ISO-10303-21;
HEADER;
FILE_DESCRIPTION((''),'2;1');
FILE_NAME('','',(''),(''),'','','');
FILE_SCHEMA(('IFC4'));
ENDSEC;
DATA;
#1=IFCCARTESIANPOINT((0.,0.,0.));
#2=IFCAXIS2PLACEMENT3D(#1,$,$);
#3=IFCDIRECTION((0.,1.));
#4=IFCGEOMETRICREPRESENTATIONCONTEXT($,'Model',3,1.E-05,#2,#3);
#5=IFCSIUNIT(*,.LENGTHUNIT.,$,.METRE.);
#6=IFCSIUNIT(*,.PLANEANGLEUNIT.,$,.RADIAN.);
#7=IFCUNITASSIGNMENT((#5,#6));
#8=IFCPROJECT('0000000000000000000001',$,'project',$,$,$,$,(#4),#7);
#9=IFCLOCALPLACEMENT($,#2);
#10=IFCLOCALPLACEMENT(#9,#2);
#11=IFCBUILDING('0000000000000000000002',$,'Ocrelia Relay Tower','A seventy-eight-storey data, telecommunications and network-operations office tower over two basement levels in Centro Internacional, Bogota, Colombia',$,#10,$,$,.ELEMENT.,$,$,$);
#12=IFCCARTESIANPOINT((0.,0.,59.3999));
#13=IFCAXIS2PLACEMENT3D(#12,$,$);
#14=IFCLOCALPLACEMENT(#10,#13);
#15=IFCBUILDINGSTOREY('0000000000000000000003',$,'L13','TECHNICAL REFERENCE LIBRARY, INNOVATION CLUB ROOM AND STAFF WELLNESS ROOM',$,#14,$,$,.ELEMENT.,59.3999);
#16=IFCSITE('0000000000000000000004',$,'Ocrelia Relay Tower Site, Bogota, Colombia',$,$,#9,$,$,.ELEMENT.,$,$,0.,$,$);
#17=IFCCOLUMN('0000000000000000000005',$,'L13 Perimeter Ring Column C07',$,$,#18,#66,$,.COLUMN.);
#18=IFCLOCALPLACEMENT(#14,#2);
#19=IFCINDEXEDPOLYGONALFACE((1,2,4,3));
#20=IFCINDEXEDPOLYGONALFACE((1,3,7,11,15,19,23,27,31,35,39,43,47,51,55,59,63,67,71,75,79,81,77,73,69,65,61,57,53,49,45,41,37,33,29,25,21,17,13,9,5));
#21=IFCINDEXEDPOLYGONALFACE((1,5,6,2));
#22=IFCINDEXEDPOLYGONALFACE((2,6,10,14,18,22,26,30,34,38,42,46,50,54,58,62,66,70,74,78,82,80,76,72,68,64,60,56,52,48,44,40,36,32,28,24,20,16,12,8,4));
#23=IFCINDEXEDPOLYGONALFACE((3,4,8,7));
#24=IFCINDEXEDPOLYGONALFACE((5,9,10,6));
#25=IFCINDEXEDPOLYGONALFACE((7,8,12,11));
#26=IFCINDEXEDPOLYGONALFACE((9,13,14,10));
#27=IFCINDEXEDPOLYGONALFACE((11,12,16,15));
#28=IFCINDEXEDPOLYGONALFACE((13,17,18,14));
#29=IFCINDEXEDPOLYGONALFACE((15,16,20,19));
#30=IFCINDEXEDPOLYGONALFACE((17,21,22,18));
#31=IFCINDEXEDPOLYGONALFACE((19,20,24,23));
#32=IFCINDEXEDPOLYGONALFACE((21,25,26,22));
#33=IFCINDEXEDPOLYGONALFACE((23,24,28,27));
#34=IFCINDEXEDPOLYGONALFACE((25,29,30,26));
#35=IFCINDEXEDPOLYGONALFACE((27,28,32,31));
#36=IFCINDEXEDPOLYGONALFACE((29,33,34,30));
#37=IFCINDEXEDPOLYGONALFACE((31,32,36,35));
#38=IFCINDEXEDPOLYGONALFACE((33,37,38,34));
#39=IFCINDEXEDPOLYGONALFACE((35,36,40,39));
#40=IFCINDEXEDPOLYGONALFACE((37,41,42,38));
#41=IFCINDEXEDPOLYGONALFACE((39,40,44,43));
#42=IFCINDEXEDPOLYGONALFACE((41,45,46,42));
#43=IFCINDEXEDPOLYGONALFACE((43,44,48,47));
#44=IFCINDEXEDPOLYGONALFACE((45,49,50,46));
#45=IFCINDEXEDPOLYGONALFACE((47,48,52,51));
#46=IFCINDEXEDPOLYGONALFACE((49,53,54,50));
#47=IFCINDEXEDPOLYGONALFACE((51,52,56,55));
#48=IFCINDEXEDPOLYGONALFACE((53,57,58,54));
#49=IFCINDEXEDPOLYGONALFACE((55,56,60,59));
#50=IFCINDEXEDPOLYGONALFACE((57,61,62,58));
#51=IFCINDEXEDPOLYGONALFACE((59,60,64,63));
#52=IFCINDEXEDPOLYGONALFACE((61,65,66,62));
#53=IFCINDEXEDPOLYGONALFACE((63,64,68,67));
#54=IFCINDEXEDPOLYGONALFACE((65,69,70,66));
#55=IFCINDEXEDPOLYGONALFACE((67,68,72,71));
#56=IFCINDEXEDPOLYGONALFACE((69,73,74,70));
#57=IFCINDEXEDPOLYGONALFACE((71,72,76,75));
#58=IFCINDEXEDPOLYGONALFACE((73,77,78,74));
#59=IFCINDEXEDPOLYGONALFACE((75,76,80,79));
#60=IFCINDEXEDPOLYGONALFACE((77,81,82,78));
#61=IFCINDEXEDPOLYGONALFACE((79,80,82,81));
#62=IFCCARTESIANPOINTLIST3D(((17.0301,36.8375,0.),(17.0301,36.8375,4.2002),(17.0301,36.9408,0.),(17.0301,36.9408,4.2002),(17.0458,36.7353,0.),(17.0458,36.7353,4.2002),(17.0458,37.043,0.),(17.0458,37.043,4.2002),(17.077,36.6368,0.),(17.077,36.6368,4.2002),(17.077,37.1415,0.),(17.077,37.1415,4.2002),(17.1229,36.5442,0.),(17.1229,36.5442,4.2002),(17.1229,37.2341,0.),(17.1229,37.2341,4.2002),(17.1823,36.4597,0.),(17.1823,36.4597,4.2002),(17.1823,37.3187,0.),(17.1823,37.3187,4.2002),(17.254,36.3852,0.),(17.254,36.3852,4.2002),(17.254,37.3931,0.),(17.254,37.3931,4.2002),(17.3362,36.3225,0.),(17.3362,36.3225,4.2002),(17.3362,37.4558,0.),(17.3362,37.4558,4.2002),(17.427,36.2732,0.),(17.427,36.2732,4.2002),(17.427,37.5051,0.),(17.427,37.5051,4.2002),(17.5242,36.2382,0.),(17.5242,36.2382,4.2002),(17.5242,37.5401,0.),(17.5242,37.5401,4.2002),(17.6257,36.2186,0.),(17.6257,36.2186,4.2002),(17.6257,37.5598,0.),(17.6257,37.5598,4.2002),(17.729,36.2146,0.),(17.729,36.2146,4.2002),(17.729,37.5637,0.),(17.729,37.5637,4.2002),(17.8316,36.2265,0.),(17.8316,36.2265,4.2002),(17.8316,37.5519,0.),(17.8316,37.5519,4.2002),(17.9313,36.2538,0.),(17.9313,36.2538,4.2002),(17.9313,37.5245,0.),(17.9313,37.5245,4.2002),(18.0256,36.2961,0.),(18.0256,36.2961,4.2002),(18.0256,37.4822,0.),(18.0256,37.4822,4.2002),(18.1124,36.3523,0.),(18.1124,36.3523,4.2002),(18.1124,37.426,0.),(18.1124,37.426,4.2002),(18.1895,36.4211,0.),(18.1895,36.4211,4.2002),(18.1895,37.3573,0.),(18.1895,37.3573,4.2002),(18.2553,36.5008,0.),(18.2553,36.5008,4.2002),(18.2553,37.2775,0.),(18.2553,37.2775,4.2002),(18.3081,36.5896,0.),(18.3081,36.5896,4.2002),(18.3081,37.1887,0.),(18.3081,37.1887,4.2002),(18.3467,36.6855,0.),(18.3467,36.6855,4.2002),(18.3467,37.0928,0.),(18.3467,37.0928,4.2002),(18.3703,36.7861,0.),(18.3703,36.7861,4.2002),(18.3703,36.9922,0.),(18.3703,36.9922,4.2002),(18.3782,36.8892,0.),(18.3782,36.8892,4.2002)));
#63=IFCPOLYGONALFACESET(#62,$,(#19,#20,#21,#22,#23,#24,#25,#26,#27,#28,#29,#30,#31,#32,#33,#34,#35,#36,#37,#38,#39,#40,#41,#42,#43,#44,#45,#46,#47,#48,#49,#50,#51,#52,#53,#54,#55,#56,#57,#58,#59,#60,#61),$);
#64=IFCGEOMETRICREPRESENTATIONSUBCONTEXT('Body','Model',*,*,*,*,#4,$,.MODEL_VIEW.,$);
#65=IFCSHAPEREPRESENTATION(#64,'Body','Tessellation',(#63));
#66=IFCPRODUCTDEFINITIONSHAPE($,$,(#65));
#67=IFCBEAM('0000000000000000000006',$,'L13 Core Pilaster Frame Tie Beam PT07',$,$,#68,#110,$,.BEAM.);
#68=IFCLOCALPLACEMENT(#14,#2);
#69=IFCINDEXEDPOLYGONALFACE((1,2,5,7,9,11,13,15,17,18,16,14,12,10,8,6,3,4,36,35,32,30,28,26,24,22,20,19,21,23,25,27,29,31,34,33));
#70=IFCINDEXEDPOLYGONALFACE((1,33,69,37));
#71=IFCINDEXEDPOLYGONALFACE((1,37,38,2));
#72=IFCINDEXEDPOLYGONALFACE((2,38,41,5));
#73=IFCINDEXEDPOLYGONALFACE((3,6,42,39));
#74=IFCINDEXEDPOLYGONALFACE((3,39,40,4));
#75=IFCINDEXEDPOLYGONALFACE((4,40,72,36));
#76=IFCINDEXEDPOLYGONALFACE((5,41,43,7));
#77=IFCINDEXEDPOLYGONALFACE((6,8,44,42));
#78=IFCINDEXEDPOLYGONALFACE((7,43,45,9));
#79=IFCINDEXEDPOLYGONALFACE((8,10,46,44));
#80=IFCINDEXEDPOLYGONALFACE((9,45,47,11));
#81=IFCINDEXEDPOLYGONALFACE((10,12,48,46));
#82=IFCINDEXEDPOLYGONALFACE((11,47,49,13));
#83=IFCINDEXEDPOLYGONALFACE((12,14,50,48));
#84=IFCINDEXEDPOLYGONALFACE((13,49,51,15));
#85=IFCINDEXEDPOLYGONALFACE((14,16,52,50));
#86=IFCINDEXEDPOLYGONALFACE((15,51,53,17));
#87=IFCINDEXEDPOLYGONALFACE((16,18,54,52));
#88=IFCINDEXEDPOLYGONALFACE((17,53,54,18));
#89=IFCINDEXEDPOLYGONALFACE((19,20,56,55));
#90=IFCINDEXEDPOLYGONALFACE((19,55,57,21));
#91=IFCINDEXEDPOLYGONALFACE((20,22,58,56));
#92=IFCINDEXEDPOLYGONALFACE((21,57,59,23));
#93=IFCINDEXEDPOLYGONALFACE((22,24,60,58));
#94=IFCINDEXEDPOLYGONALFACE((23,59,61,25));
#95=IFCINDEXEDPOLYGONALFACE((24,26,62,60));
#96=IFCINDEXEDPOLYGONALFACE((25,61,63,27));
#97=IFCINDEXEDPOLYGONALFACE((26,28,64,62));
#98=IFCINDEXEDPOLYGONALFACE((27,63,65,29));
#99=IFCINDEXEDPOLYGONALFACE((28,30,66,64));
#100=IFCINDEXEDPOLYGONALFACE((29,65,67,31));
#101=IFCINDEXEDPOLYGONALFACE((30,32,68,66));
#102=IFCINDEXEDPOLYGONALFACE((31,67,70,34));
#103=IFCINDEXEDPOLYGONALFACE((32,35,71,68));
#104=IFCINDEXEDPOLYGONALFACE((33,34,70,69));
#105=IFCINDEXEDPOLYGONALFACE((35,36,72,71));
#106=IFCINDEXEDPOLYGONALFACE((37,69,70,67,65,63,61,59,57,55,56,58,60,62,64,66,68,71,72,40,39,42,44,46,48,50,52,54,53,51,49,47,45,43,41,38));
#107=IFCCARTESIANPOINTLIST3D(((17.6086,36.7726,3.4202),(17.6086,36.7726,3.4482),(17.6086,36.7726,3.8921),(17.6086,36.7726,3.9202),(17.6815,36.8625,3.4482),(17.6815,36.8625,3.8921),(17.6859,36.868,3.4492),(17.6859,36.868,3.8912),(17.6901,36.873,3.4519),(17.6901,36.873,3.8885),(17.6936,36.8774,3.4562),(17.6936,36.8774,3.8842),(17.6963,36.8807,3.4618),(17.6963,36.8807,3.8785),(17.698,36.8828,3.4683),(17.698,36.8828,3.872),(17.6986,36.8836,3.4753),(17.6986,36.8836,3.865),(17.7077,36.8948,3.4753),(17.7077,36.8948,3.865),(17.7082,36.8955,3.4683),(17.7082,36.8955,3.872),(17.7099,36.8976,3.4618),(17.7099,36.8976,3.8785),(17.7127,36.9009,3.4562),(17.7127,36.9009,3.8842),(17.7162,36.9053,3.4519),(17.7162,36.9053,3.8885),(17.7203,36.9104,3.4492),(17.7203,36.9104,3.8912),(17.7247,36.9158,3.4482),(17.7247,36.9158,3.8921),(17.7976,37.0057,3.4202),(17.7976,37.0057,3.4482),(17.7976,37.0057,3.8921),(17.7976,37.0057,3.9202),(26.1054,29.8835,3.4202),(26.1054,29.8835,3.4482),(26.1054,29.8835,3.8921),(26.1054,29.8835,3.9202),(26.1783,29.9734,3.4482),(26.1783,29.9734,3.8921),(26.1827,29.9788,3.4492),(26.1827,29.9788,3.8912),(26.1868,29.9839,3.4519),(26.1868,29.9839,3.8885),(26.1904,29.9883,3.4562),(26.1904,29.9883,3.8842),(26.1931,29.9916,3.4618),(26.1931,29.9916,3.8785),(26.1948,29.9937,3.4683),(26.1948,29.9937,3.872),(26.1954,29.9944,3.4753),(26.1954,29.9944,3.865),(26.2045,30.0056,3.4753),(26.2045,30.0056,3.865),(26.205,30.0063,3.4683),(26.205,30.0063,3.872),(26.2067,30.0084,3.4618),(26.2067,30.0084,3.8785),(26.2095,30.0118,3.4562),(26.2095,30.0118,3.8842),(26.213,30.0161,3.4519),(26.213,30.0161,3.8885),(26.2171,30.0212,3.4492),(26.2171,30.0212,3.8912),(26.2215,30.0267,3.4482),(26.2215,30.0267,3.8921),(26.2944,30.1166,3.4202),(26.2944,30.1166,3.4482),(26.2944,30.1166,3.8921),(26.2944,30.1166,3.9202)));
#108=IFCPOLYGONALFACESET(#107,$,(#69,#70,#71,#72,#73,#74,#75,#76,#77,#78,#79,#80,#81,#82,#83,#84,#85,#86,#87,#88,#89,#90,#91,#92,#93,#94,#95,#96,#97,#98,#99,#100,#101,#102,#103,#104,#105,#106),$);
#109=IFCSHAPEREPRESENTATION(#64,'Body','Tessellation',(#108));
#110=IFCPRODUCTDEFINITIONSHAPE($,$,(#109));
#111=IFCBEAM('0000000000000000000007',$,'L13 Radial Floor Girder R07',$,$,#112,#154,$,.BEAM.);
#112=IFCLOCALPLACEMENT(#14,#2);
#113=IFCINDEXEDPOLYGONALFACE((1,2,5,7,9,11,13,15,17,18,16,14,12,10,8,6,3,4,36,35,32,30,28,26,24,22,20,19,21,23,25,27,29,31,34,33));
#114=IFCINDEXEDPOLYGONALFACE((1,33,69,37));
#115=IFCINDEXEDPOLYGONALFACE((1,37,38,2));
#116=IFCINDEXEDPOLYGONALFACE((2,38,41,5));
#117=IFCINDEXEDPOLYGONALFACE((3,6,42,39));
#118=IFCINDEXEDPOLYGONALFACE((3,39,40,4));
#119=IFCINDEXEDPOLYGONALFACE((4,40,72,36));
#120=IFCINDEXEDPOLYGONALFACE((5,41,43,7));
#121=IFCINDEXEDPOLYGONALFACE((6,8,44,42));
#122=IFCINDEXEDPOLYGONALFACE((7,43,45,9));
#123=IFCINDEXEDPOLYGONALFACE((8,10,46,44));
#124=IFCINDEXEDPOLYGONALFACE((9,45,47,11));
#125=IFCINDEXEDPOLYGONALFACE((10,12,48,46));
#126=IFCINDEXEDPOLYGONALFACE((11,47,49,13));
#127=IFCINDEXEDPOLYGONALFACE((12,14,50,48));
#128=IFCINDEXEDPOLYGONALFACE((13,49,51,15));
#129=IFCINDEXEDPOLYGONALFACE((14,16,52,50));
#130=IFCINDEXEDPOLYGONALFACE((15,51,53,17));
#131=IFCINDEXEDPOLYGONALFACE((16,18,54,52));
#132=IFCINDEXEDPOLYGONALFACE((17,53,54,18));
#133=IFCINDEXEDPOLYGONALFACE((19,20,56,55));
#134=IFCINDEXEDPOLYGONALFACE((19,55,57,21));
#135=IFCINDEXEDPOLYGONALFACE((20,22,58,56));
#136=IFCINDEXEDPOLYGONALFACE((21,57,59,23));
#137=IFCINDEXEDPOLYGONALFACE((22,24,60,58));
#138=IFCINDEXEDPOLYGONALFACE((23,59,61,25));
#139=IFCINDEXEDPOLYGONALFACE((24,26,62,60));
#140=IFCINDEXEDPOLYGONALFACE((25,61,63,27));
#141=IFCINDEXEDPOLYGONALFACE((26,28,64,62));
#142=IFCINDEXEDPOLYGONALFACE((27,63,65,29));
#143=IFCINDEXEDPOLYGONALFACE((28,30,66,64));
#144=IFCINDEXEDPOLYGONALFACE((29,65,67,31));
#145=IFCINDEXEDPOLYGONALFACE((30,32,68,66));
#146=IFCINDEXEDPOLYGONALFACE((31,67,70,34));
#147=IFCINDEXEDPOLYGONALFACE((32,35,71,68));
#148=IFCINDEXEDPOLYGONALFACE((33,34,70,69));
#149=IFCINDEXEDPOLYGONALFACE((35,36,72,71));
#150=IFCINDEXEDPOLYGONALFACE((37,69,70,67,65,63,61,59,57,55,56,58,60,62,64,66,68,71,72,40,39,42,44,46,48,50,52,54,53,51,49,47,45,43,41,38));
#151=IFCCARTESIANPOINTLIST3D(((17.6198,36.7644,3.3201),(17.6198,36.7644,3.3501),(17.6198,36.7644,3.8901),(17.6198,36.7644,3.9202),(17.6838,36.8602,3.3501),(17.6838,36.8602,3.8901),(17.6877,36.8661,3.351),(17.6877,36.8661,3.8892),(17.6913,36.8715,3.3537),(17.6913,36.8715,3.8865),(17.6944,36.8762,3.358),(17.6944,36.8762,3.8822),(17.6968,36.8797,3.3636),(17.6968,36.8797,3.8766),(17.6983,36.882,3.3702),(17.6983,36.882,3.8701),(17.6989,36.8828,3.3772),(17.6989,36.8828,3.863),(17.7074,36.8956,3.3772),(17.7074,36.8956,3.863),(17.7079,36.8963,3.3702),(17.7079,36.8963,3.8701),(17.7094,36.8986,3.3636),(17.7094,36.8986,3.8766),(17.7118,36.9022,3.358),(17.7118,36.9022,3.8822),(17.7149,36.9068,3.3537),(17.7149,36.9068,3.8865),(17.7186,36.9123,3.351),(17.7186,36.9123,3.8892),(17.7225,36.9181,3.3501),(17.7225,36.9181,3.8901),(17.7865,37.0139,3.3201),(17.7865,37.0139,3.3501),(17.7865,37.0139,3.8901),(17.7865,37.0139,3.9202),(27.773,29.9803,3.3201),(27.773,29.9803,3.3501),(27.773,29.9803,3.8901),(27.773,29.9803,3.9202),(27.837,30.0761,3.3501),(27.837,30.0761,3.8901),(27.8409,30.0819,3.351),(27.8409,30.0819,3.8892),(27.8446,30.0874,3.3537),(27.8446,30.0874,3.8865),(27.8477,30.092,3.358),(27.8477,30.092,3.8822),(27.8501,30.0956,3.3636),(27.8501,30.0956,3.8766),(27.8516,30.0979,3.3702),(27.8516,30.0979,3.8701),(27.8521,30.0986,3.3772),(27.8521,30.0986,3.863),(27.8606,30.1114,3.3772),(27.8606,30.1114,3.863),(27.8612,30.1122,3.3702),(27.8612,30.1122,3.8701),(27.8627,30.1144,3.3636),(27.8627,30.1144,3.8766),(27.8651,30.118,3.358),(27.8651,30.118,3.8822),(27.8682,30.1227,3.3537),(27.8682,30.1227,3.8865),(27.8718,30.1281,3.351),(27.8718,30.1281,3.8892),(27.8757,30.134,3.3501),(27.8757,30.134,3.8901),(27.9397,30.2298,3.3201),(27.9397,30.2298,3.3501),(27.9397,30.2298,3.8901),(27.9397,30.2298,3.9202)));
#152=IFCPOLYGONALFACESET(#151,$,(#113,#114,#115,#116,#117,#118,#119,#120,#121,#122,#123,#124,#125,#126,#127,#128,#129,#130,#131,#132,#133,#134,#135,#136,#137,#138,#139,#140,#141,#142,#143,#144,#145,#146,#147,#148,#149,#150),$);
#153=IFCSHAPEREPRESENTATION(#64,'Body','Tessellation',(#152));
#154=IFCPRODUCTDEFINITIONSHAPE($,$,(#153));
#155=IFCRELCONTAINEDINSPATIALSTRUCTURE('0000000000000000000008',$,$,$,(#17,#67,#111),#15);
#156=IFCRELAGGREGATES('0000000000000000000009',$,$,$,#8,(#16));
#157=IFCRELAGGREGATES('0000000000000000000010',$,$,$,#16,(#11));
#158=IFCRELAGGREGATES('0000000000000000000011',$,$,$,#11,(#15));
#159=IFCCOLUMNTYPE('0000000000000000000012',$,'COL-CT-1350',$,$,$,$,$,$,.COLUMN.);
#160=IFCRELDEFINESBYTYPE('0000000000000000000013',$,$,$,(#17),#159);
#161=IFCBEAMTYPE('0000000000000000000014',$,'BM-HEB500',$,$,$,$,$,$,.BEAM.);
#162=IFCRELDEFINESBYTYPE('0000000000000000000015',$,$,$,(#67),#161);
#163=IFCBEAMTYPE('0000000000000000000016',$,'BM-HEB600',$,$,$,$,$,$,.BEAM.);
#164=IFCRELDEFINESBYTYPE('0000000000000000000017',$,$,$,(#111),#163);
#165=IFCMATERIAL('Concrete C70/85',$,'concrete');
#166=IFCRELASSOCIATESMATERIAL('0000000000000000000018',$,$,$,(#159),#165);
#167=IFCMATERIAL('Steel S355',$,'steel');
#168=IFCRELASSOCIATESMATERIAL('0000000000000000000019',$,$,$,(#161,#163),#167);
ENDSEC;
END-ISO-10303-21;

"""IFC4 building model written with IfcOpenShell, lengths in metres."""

from ifc_helpers import new_model, si_unit, direction, frame, origin, origin_2d, place, context, subcontext, project, spatial, circle, i_section, extrude, material, material_profile, profile_set, type_object, element, save


model = new_model("IFC4")

# Units and contexts
model_context = context("Model", 3, precision=1e-05, world=origin(), true_north=direction((0.0, 1.0)))
body_context = subcontext(model_context, "Body", "Model", "MODEL_VIEW")
ifc_project = project(units=[si_unit("LENGTHUNIT", "METRE"), si_unit("PLANEANGLEUNIT", "RADIAN")], contexts=[model_context])

# Site, building, storey
site_placement = place(None, origin())
site = spatial("IfcSite", under=ifc_project, at=site_placement, Name="Ocrelia Relay Tower Site, Bogota, Colombia", CompositionType="ELEMENT", RefElevation=0.0)
building_placement = place(site_placement, origin())
building = spatial("IfcBuilding", under=site, at=building_placement, Name="Ocrelia Relay Tower", Description="A seventy-eight-storey data, telecommunications and network-operations office tower over two basement levels in Centro Internacional, Bogota, Colombia", CompositionType="ELEMENT")
storey_placement = place(building_placement, frame((0.0, 0.0, 59.3999)))
storey = spatial("IfcBuildingStorey", under=building, at=storey_placement, Name="L13", Description="TECHNICAL REFERENCE LIBRARY, INNOVATION CLUB ROOM AND STAFF WELLNESS ROOM", CompositionType="ELEMENT", Elevation=59.3999)

# Column
ifc_material_1 = material(Name="Concrete C70/85", Category="concrete")
ifc_material_profile_1 = material_profile(ifc_material_1, circle(Radius=0.675, at=origin_2d()), Name="RC-CIR-1350")
ifc_profile_set_1 = profile_set([ifc_material_profile_1], Name="Concrete C70/85")
column_type = type_object("IfcColumnType", Name="COL-CT-1350", PredefinedType="COLUMN", material=ifc_profile_set_1)
column_placement = place(storey_placement, frame((17.7031, 36.8892, 0.0), z_axis=(0.0, 0.0, 1.0), x_axis=(1.0, 0.0, 0.0)))
element("IfcColumn", 1, at=column_placement, inside=storey, type_object=column_type, Name="L13 Perimeter Ring Column C07", PredefinedType="COLUMN", context=body_context, shape_type="SweptSolid", body=[
    extrude(circle(Radius=0.675, at=origin_2d()), origin(), (0.0, 0.0, 1.0), 4.2002),
])

# Beams
ifc_material_2 = material(Name="Steel S355", Category="steel")
ifc_material_profile_2 = material_profile(ifc_material_2, i_section(OverallWidth=0.3, OverallDepth=0.5, WebThickness=0.0144, FlangeThickness=0.0281, FilletRadius=0.0271, at=origin_2d()), Name="HEB 500")
ifc_profile_set_2 = profile_set([ifc_material_profile_2], Name="Steel S355")
beam_type_1 = type_object("IfcBeamType", Name="BM-HEB500", PredefinedType="BEAM", material=ifc_profile_set_2)
beam_1_placement = place(storey_placement, frame((17.7031, 36.8892, 3.6702), z_axis=(0.776763, -0.629793, 0.0), x_axis=(0.629793, 0.776763, 0.0)))
element("IfcBeam", 2, at=beam_1_placement, inside=storey, type_object=beam_type_1, Name="L13 Core Pilaster Frame Tie Beam PT07", PredefinedType="BEAM", context=body_context, shape_type="SweptSolid", body=[
    extrude(i_section(OverallWidth=0.3, OverallDepth=0.5, WebThickness=0.0144, FlangeThickness=0.0281, FilletRadius=0.0271, at=origin_2d()), origin(), (0.0, 0.0, 1.0), 10.9387),
])
ifc_material_profile_3 = material_profile(ifc_material_2, i_section(OverallWidth=0.3, OverallDepth=0.6001, WebThickness=0.0154, FlangeThickness=0.03, FilletRadius=0.0271, at=origin_2d()), Name="HEB 600")
ifc_profile_set_3 = profile_set([ifc_material_profile_3], Name="Steel S355")
beam_type_2 = type_object("IfcBeamType", Name="BM-HEB600", PredefinedType="BEAM", material=ifc_profile_set_3)
beam_2_placement = place(storey_placement, frame((17.7031, 36.8892, 3.6201), z_axis=(0.831472, -0.555567, 0.0), x_axis=(0.555567, 0.831472, 0.0)))
element("IfcBeam", 3, at=beam_2_placement, inside=storey, type_object=beam_type_2, Name="L13 Radial Floor Girder R07", PredefinedType="BEAM", context=body_context, shape_type="SweptSolid", body=[
    extrude(i_section(OverallWidth=0.3, OverallDepth=0.6001, WebThickness=0.0154, FlangeThickness=0.03, FilletRadius=0.0271, at=origin_2d()), origin(), (0.0, 0.0, 1.0), 12.2112),
])

save(model, "model.ifc")
